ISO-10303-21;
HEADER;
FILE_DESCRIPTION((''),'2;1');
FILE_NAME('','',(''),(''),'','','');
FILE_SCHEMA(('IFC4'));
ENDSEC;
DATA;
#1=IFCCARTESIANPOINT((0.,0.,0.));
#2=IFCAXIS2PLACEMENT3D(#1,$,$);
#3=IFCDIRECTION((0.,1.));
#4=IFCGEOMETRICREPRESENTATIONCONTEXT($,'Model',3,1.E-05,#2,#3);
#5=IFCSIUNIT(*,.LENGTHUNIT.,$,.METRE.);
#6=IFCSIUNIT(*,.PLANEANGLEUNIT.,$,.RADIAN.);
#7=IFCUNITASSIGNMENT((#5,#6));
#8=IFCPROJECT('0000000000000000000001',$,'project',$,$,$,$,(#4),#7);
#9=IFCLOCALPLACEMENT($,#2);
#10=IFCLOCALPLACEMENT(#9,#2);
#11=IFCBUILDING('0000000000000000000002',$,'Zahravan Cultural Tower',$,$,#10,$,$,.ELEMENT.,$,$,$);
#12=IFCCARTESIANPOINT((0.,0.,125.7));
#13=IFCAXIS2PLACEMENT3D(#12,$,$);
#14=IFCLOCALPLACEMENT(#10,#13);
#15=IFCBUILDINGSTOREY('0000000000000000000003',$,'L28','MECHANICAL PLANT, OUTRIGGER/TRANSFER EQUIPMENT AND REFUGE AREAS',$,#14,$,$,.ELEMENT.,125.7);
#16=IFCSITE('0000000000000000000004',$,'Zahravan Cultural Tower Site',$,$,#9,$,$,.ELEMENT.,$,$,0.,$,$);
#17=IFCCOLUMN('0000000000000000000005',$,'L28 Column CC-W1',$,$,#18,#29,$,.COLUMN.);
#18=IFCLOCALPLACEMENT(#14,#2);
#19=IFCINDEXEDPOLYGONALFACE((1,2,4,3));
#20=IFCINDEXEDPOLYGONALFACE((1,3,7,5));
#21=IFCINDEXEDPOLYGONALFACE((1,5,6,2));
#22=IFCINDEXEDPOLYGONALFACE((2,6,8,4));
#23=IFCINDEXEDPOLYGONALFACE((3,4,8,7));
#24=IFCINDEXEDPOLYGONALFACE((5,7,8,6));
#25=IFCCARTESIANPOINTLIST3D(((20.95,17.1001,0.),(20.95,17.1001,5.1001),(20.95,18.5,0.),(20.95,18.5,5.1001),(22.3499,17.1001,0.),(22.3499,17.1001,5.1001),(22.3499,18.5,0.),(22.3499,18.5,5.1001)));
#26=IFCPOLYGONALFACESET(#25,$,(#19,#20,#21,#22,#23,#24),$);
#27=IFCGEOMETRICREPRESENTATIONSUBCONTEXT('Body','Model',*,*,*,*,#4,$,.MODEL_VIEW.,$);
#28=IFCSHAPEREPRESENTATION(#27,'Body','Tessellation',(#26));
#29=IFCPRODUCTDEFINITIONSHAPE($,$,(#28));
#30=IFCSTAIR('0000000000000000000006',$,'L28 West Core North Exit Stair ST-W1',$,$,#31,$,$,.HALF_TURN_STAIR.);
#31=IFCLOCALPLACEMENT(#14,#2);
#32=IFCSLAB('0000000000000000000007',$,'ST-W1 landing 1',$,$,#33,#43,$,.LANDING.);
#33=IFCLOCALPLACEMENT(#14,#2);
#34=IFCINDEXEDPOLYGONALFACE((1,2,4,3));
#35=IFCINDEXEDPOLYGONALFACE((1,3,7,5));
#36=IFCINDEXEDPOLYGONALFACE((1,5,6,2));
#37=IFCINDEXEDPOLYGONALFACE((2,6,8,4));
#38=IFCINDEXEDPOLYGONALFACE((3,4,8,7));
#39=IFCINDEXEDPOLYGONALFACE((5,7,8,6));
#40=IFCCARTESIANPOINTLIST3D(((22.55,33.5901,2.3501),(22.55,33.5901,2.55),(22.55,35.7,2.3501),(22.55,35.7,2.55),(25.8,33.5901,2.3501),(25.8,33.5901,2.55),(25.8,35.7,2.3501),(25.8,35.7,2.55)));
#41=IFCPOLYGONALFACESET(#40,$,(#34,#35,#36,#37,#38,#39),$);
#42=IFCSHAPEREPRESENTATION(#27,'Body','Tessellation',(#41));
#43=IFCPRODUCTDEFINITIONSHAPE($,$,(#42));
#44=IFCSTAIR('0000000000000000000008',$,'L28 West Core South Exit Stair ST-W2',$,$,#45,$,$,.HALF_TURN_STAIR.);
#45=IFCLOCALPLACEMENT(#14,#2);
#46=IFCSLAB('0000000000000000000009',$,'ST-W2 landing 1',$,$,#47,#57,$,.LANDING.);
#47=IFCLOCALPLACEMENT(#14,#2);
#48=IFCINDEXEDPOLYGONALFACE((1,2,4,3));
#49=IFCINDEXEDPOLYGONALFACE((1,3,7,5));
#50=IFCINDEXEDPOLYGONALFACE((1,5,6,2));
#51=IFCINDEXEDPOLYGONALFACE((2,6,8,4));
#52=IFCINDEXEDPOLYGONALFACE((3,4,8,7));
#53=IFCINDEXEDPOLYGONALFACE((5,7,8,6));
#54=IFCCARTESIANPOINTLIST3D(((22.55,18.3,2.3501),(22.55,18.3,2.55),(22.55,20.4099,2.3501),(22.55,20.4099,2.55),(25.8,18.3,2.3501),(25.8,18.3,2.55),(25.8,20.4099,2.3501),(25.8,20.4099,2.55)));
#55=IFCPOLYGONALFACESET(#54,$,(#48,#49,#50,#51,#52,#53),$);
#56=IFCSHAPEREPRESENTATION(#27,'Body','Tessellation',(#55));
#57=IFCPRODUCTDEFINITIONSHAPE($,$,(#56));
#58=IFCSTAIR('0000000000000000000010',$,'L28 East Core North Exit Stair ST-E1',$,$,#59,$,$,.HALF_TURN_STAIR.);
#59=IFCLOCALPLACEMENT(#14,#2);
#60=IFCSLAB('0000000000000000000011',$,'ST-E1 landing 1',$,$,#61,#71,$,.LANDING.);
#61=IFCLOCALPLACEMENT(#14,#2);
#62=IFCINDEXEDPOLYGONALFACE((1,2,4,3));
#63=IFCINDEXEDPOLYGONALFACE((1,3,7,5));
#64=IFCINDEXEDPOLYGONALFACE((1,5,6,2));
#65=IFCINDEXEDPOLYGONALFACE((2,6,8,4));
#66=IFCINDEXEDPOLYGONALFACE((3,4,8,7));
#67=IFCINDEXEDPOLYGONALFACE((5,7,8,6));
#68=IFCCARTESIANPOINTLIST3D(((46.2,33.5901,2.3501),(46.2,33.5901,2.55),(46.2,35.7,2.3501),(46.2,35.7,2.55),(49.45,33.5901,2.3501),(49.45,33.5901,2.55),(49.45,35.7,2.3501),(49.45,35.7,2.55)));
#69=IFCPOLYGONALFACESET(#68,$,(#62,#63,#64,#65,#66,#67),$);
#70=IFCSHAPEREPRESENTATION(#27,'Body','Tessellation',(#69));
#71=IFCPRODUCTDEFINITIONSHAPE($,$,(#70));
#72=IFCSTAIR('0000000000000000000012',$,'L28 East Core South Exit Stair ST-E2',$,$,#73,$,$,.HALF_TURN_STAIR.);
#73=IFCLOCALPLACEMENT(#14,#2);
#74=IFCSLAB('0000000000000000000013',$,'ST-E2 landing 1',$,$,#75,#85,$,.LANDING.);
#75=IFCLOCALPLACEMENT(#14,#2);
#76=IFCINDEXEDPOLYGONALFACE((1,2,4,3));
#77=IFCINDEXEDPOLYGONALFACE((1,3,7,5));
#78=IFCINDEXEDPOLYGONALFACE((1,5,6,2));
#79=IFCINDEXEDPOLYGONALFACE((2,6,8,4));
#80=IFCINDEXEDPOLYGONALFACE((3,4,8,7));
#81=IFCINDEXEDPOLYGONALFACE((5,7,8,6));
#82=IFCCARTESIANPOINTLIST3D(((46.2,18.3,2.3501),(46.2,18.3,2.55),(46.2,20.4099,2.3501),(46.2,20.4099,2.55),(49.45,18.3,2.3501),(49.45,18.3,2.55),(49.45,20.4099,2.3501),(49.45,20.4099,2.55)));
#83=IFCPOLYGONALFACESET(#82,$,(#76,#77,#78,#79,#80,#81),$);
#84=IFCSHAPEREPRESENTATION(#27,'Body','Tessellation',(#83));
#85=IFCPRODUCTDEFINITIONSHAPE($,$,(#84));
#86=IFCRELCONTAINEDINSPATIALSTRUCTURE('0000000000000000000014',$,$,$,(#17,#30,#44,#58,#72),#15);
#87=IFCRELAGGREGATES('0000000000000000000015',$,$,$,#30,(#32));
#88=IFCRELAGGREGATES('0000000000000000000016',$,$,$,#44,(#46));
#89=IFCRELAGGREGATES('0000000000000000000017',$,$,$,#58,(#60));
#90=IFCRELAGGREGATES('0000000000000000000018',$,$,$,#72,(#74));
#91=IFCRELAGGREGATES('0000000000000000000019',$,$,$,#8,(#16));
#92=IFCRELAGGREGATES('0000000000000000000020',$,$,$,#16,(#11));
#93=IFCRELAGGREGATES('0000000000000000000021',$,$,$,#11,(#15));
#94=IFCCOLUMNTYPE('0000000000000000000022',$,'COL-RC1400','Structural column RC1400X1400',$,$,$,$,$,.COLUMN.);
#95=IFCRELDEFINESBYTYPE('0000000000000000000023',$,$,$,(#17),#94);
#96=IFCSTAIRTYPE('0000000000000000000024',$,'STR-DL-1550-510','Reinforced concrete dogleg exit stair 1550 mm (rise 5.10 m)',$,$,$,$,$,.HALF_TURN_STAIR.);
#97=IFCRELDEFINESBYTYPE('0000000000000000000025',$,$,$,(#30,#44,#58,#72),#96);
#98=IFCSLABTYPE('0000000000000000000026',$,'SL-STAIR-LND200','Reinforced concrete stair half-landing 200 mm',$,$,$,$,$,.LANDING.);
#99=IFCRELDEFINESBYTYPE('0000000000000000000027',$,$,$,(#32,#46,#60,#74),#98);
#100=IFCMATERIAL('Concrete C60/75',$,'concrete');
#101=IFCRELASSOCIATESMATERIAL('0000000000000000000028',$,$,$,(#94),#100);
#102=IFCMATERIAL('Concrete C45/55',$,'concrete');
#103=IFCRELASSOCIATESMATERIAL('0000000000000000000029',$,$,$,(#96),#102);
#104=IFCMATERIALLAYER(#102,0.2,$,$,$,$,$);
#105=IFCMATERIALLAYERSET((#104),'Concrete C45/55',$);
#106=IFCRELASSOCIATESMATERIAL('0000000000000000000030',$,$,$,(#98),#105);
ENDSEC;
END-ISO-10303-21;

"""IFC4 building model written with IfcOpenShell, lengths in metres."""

from ifc_helpers import new_model, si_unit, direction, frame, origin, origin_2d, place, context, subcontext, project, spatial, polyline, rectangle, outline, extrude, source, transform, mapped, material, layer, layer_set, material_profile, profile_set, type_object, element, aggregate, save


model = new_model("IFC4")

# Units and contexts
model_context = context("Model", 3, precision=1e-05, world=origin(), true_north=direction((0.0, 1.0)))
body_context = subcontext(model_context, "Body", "Model", "MODEL_VIEW")
ifc_project = project(units=[si_unit("LENGTHUNIT", "METRE"), si_unit("PLANEANGLEUNIT", "RADIAN")], contexts=[model_context])

# Site, building, storey
site_placement = place(None, origin())
site = spatial("IfcSite", under=ifc_project, at=site_placement, Name="Zahravan Cultural Tower Site", CompositionType="ELEMENT", RefElevation=0.0)
building_placement = place(site_placement, origin())
building = spatial("IfcBuilding", under=site, at=building_placement, Name="Zahravan Cultural Tower", CompositionType="ELEMENT")
storey_placement = place(building_placement, frame((0.0, 0.0, 125.7)))
storey = spatial("IfcBuildingStorey", under=building, at=storey_placement, Name="L28", Description="MECHANICAL PLANT, OUTRIGGER/TRANSFER EQUIPMENT AND REFUGE AREAS", CompositionType="ELEMENT", Elevation=125.7)

# Column
ifc_material_1 = material(Name="Concrete C60/75", Category="concrete")
ifc_material_profile = material_profile(ifc_material_1, rectangle(XDim=1.3999, YDim=1.3999, at=origin_2d()), Name="RC1400X1400")
ifc_profile_set = profile_set([ifc_material_profile], Name="Concrete C60/75")
column_type = type_object("IfcColumnType", Name="COL-RC1400", Description="Structural column RC1400X1400", PredefinedType="COLUMN", material=ifc_profile_set)
shared_shape_1 = source(origin(), body_context, "Body", "SweptSolid", [
    extrude(rectangle(XDim=1.3999, YDim=1.3999, at=origin_2d()), origin(), (0.0, 0.0, 1.0), 5.1001),
])
column_placement = place(storey_placement, frame((21.6499, 17.8, 0.0), z_axis=(0.0, 0.0, 1.0), x_axis=(1.0, 0.0, 0.0)))
element("IfcColumn", 1, at=column_placement, inside=storey, type_object=column_type, Name="L28 Column CC-W1", PredefinedType="COLUMN", context=body_context, shape_type="MappedRepresentation", body=[
    mapped(shared_shape_1, transform((0.0, 0.0, 0.0), x_axis=(1.0, 0.0, 0.0), y_axis=(0.0, 1.0, 0.0), z_axis=(0.0, 0.0, 1.0), scale=1.0)),
])

# Stairs, slabs
ifc_material_2 = material(Name="Concrete C45/55", Category="concrete")
stair_type = type_object("IfcStairType", Name="STR-DL-1550-510", Description="Reinforced concrete dogleg exit stair 1550 mm (rise 5.10 m)", PredefinedType="HALF_TURN_STAIR", material=ifc_material_2)
stair_1_placement = place(storey_placement, origin())
stair_1 = element("IfcStair", 2, at=stair_1_placement, inside=storey, type_object=stair_type, Name="L28 West Core North Exit Stair ST-W1", PredefinedType="HALF_TURN_STAIR")
ifc_layer_1 = layer(ifc_material_2, 0.2)
ifc_layer_set_1 = layer_set([ifc_layer_1], Name="Concrete C45/55")
slab_type_1 = type_object("IfcSlabType", Name="SL-STAIR-LND200", Description="Reinforced concrete stair half-landing 200 mm", PredefinedType="LANDING", material=ifc_layer_set_1)
slab_1_placement = place(storey_placement, frame((0.0, 0.0, 2.3501)))
slab_1 = element("IfcSlab", 3, at=slab_1_placement, type_object=slab_type_1, Name="ST-W1 landing 1", PredefinedType="LANDING", context=body_context, shape_type="SweptSolid", body=[
    extrude(outline(polyline([(25.8, 33.5901), (25.8, 35.7), (22.55, 35.7), (22.55, 33.5901), (25.8, 33.5901)])), origin(), (0.0, 0.0, 1.0), 0.2),
])
aggregate(stair_1, [slab_1])
stair_2_placement = place(storey_placement, origin())
stair_2 = element("IfcStair", 4, at=stair_2_placement, inside=storey, type_object=stair_type, Name="L28 West Core South Exit Stair ST-W2", PredefinedType="HALF_TURN_STAIR")
slab_2_placement = place(storey_placement, frame((0.0, 0.0, 2.3501)))
slab_2 = element("IfcSlab", 5, at=slab_2_placement, type_object=slab_type_1, Name="ST-W2 landing 1", PredefinedType="LANDING", context=body_context, shape_type="SweptSolid", body=[
    extrude(outline(polyline([(22.55, 20.4099), (22.55, 18.3), (25.8, 18.3), (25.8, 20.4099), (22.55, 20.4099)])), origin(), (0.0, 0.0, 1.0), 0.2),
])
aggregate(stair_2, [slab_2])
stair_3_placement = place(storey_placement, origin())
stair_3 = element("IfcStair", 6, at=stair_3_placement, inside=storey, type_object=stair_type, Name="L28 East Core North Exit Stair ST-E1", PredefinedType="HALF_TURN_STAIR")
slab_3_placement = place(storey_placement, frame((0.0, 0.0, 2.3501)))
slab_3 = element("IfcSlab", 7, at=slab_3_placement, type_object=slab_type_1, Name="ST-E1 landing 1", PredefinedType="LANDING", context=body_context, shape_type="SweptSolid", body=[
    extrude(outline(polyline([(49.45, 33.5901), (49.45, 35.7), (46.2, 35.7), (46.2, 33.5901), (49.45, 33.5901)])), origin(), (0.0, 0.0, 1.0), 0.2),
])
aggregate(stair_3, [slab_3])
stair_4_placement = place(storey_placement, origin())
stair_4 = element("IfcStair", 8, at=stair_4_placement, inside=storey, type_object=stair_type, Name="L28 East Core South Exit Stair ST-E2", PredefinedType="HALF_TURN_STAIR")
slab_4_placement = place(storey_placement, frame((0.0, 0.0, 2.3501)))
slab_4 = element("IfcSlab", 9, at=slab_4_placement, type_object=slab_type_1, Name="ST-E2 landing 1", PredefinedType="LANDING", context=body_context, shape_type="SweptSolid", body=[
    extrude(outline(polyline([(46.2, 20.4099), (46.2, 18.3), (49.45, 18.3), (49.45, 20.4099), (46.2, 20.4099)])), origin(), (0.0, 0.0, 1.0), 0.2),
])
aggregate(stair_4, [slab_4])

save(model, "model.ifc")
